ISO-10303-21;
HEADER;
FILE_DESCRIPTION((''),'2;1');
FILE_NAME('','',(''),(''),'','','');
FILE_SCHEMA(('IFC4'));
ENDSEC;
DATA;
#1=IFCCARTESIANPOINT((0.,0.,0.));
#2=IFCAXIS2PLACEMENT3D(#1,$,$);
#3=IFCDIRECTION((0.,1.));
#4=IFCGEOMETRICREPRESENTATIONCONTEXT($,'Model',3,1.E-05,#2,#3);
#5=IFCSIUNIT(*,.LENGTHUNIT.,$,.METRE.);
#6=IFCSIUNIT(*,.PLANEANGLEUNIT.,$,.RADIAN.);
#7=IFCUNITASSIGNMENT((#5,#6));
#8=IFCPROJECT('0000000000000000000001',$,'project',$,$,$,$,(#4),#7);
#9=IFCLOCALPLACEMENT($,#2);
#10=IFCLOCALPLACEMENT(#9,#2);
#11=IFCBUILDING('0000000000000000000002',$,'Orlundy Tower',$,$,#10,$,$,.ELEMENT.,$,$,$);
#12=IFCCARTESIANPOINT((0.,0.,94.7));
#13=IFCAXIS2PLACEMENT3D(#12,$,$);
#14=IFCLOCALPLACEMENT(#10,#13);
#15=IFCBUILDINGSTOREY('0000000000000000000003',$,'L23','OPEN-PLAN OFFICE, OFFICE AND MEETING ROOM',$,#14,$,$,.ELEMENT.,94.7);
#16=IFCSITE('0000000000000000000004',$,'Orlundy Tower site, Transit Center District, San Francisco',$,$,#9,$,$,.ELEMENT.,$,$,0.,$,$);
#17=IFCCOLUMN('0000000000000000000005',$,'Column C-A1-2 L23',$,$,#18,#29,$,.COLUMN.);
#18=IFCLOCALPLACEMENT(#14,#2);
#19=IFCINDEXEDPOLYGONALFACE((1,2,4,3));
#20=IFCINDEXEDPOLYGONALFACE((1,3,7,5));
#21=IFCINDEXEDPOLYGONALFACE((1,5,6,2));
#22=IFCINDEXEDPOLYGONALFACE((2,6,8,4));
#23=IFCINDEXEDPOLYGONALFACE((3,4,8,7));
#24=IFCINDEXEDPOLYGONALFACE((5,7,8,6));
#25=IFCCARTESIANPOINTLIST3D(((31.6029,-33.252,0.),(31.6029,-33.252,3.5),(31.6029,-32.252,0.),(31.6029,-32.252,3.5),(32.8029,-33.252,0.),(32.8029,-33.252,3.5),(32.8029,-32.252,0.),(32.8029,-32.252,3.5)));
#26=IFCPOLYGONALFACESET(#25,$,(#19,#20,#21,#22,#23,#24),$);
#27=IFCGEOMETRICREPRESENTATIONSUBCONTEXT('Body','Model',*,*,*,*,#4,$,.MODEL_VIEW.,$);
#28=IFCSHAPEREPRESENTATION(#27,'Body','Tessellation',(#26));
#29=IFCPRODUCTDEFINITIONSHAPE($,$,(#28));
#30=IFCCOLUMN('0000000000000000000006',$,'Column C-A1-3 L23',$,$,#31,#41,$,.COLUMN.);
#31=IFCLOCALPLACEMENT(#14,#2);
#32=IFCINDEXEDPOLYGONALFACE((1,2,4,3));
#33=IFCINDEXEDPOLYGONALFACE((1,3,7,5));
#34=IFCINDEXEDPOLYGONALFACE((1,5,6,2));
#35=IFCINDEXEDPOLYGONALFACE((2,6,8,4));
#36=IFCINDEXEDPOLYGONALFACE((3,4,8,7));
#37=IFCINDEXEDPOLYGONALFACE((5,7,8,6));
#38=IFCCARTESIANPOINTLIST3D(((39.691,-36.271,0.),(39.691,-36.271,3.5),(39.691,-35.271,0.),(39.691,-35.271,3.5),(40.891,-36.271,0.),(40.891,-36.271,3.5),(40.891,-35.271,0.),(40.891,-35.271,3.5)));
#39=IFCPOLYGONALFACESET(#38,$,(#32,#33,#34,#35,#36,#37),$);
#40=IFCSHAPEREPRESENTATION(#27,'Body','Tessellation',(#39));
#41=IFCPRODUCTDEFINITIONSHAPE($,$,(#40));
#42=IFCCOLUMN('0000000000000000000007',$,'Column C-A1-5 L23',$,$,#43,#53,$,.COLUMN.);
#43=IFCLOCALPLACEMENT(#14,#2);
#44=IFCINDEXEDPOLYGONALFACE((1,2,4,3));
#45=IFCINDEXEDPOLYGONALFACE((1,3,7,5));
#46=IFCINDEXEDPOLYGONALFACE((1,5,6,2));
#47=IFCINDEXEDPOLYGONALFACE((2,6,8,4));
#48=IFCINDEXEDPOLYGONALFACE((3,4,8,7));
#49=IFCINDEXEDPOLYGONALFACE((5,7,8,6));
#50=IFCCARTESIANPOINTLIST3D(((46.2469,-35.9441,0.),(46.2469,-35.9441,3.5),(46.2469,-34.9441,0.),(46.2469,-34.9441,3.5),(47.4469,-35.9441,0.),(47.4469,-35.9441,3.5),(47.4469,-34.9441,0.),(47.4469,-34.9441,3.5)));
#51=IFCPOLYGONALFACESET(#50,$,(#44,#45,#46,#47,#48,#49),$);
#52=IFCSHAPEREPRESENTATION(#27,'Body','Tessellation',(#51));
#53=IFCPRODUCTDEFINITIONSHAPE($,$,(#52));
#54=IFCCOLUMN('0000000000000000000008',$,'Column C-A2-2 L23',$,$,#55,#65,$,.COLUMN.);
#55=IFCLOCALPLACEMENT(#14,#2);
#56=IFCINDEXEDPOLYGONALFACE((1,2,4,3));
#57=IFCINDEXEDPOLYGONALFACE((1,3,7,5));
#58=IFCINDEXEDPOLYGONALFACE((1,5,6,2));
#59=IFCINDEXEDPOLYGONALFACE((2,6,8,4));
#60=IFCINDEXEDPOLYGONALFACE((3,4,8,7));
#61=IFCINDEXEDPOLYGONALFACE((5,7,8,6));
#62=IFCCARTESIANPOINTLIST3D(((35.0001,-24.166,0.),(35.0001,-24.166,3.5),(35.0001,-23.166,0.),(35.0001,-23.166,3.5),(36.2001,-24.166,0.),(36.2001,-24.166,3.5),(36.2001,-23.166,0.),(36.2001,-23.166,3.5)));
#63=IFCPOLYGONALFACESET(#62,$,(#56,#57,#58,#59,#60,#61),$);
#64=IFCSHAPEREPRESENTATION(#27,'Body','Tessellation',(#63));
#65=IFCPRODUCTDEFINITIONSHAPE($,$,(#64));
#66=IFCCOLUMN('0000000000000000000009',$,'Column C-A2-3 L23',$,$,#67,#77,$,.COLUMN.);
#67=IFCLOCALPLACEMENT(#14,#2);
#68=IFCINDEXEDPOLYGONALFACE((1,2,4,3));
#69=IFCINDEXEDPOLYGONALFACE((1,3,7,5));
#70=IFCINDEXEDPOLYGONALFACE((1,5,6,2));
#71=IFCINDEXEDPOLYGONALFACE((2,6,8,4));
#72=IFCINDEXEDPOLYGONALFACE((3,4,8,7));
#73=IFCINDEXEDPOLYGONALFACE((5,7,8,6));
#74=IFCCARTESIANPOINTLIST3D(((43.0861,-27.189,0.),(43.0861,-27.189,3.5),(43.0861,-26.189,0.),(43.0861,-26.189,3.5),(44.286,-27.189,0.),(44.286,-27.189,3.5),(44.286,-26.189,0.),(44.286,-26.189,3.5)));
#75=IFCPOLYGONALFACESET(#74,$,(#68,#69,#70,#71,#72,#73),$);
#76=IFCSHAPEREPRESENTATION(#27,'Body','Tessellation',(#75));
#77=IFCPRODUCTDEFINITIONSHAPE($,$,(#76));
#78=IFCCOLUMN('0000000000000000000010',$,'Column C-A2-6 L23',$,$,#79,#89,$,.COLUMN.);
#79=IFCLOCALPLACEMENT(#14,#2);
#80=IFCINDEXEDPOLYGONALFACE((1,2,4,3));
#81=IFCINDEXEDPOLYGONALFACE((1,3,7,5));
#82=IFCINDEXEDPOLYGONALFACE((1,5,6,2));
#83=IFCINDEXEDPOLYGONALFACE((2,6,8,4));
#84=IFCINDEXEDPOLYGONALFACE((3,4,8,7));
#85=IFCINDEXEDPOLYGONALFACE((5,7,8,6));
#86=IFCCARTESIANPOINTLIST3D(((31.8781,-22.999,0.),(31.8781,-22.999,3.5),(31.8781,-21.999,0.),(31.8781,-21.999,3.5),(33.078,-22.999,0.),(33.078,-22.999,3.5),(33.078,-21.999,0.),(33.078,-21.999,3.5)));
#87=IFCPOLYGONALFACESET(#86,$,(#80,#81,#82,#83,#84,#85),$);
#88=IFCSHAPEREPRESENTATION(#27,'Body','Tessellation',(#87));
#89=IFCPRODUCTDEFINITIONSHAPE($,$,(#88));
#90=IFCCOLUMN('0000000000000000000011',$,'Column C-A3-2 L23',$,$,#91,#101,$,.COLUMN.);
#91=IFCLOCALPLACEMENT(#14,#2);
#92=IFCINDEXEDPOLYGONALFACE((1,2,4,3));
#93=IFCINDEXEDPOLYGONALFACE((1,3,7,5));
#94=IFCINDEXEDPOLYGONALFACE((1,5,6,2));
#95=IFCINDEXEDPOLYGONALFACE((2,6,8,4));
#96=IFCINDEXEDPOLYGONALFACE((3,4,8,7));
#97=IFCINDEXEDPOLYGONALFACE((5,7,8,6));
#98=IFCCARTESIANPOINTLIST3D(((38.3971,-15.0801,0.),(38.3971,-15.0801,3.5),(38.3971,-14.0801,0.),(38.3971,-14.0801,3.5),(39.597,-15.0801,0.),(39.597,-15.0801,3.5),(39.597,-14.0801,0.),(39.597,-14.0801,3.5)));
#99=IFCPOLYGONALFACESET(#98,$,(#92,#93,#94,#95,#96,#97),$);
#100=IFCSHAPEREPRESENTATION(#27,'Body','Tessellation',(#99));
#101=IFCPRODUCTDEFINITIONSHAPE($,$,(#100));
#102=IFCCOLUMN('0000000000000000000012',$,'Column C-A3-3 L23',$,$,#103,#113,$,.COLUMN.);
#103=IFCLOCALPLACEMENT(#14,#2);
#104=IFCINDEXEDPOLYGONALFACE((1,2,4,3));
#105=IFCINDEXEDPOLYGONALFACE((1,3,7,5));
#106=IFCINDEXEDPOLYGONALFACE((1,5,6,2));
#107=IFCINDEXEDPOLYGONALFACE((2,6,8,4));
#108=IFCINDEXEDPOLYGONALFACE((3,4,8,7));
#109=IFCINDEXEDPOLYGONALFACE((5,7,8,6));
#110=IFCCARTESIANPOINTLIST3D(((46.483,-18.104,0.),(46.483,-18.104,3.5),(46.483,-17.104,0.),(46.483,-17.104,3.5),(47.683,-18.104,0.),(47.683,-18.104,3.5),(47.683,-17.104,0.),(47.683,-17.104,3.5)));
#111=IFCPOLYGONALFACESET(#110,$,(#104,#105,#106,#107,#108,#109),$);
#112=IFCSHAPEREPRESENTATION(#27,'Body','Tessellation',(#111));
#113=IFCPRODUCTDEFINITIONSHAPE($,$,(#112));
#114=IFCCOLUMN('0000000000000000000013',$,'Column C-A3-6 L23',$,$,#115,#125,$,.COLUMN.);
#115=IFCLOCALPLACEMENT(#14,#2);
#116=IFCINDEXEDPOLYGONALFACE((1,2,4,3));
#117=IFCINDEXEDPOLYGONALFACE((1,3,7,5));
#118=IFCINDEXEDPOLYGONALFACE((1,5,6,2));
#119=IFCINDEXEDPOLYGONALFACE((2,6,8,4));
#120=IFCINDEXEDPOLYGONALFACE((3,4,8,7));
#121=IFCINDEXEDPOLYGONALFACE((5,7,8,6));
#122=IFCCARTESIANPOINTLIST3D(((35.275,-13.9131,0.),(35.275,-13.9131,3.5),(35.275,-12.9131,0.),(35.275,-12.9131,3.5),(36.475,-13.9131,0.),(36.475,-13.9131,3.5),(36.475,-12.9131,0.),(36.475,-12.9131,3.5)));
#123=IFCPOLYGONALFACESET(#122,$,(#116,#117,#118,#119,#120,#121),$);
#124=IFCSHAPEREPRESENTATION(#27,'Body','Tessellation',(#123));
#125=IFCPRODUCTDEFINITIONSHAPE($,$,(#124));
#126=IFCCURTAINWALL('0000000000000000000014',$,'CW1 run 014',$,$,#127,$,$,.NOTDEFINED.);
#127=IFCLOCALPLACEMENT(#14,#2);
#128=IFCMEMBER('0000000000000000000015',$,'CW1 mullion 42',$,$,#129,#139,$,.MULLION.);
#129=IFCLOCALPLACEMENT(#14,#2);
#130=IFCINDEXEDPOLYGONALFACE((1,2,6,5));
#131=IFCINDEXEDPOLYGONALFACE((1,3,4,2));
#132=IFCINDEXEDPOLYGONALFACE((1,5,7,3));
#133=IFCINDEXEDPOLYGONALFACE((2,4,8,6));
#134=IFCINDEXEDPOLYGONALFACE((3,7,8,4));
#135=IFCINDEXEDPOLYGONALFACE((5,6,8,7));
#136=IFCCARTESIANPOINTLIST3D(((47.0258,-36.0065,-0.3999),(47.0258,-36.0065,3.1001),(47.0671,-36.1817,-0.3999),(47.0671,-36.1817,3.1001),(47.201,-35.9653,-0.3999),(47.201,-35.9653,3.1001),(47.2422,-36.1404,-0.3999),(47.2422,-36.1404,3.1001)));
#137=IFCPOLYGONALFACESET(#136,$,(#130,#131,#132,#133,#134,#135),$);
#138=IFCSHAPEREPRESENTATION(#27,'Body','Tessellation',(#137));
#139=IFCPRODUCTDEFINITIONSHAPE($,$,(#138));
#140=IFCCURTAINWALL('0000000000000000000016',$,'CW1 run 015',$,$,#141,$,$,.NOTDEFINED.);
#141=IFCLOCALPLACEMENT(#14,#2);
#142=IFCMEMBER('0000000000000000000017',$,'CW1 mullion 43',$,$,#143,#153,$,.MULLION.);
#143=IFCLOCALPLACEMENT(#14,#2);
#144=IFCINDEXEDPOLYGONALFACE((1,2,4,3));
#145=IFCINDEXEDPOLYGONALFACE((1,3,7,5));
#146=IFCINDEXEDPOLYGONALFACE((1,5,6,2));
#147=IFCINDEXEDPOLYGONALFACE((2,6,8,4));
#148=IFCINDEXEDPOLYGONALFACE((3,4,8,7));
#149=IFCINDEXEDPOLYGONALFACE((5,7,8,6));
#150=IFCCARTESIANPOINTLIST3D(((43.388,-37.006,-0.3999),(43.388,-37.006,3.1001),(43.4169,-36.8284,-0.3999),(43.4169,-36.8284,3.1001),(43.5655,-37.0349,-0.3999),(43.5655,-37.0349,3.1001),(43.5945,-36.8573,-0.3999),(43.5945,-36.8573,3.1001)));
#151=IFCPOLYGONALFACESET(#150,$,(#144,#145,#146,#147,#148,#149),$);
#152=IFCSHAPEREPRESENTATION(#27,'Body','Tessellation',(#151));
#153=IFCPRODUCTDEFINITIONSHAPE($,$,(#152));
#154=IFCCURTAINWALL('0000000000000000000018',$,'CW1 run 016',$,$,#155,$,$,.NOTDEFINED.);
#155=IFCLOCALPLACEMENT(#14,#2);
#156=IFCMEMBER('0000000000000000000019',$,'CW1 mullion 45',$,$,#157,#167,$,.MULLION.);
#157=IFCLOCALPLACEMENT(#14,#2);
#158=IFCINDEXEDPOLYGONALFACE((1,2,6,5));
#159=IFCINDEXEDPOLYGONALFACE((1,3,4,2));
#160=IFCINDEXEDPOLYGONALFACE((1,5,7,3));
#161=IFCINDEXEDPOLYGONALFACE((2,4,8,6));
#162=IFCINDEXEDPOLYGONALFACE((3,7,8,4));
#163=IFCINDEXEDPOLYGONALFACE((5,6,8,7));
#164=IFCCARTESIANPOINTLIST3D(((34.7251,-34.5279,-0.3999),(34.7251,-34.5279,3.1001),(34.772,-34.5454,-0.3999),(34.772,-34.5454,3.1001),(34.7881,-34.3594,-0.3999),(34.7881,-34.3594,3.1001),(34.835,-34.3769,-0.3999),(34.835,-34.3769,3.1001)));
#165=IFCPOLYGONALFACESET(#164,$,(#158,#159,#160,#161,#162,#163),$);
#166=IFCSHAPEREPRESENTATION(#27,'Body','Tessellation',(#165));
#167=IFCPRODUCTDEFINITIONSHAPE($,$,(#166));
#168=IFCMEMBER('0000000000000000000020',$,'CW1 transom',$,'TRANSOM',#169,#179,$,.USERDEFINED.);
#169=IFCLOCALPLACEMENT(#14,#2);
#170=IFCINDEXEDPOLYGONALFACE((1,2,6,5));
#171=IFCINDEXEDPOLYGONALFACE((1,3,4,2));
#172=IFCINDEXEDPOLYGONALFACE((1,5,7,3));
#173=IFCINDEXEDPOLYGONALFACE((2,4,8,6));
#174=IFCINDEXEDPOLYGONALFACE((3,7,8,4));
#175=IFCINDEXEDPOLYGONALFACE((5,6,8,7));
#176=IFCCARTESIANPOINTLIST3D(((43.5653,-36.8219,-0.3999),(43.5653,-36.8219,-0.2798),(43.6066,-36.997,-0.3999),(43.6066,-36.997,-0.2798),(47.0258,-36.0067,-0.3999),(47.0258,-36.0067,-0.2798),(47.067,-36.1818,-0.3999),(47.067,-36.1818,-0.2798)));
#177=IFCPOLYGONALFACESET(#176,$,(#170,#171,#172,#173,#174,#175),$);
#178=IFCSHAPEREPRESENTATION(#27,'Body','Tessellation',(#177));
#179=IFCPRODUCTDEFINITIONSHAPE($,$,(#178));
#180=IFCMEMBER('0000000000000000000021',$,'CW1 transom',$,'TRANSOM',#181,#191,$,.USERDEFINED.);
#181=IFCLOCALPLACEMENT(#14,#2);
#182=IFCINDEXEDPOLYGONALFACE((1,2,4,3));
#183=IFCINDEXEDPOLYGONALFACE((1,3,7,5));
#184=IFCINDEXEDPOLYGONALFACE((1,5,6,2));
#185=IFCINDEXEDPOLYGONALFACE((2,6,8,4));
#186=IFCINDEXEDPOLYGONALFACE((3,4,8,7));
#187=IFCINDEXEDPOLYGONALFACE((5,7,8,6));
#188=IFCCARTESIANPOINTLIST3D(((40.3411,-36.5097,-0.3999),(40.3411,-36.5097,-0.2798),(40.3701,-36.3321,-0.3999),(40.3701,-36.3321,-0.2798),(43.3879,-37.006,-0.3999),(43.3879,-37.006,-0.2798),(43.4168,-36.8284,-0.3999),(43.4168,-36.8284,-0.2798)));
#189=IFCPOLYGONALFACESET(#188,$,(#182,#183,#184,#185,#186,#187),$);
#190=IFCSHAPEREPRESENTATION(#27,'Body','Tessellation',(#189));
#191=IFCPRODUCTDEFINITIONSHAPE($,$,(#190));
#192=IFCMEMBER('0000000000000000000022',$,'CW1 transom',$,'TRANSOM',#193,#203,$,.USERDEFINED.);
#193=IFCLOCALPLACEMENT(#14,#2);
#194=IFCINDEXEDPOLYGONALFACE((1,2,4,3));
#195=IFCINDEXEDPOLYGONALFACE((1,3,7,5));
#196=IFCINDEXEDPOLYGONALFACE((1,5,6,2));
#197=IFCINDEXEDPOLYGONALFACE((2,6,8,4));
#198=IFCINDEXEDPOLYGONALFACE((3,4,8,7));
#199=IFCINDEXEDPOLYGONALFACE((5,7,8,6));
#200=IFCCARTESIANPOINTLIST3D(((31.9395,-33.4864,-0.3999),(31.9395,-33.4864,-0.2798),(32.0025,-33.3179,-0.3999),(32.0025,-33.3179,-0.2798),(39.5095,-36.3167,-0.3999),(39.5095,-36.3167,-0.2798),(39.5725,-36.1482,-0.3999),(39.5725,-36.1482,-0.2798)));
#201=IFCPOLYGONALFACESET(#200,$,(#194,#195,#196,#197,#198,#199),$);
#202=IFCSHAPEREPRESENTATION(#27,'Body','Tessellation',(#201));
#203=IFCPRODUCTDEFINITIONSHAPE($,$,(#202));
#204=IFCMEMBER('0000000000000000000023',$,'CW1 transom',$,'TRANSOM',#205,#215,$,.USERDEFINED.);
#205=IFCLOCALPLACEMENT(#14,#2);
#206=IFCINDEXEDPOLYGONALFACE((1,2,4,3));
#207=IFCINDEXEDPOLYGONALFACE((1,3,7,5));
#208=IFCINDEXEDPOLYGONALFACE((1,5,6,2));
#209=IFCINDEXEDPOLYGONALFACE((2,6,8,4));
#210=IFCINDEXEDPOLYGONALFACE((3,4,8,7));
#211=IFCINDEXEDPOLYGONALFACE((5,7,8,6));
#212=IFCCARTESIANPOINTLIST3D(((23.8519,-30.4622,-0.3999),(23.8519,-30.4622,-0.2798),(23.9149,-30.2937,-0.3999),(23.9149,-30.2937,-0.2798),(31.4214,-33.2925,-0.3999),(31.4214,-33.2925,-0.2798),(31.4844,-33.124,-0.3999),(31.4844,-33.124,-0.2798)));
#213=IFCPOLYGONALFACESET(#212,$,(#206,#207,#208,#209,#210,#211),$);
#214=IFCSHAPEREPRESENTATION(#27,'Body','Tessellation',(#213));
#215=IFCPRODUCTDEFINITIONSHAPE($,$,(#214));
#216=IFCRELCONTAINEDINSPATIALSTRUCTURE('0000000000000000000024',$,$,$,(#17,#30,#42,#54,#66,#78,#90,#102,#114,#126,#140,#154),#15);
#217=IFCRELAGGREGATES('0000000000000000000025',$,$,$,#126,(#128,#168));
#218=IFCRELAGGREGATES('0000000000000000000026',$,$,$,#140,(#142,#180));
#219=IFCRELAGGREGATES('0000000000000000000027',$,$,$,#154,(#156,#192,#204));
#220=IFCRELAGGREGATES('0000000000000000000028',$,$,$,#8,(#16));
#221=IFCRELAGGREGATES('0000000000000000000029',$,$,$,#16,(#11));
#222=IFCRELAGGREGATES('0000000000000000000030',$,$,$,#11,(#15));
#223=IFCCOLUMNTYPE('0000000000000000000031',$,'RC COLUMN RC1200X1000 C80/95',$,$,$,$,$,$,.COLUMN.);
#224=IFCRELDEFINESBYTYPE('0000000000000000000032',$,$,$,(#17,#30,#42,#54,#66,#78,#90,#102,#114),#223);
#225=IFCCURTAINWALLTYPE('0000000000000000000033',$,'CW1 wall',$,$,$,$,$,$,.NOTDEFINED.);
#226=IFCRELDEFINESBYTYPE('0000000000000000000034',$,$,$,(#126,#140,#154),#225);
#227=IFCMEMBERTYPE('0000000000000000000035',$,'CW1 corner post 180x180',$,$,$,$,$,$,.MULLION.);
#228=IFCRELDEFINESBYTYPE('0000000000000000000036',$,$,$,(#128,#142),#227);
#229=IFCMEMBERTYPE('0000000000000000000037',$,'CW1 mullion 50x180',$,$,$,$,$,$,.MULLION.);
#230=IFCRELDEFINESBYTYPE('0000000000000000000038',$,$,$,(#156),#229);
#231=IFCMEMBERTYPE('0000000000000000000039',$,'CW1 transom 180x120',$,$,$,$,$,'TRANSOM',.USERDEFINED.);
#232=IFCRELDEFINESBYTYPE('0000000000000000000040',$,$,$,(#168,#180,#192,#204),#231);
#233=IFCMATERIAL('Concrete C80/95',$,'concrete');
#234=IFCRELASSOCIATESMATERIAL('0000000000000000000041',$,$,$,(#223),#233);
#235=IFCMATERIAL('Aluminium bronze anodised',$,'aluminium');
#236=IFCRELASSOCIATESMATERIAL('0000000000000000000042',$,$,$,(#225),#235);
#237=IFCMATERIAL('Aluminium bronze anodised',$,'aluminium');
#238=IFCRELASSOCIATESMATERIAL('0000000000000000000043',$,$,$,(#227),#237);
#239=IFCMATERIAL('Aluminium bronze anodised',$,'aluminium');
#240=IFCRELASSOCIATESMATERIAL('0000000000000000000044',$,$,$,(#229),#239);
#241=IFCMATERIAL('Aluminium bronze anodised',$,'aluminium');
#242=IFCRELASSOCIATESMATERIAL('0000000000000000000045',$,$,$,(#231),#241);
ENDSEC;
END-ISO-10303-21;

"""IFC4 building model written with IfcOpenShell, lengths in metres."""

from ifc_helpers import new_model, si_unit, direction, frame, origin, origin_2d, place, context, subcontext, project, spatial, rectangle, extrude, material, material_profile, profile_set, type_object, element, aggregate, save


model = new_model("IFC4")

# Units and contexts
model_context = context("Model", 3, precision=1e-05, world=origin(), true_north=direction((0.0, 1.0)))
body_context = subcontext(model_context, "Body", "Model", "MODEL_VIEW")
ifc_project = project(units=[si_unit("LENGTHUNIT", "METRE"), si_unit("PLANEANGLEUNIT", "RADIAN")], contexts=[model_context])

# Site, building, storey
site_placement = place(None, origin())
site = spatial("IfcSite", under=ifc_project, at=site_placement, Name="Orlundy Tower site, Transit Center District, San Francisco", CompositionType="ELEMENT", RefElevation=0.0)
building_placement = place(site_placement, origin())
building = spatial("IfcBuilding", under=site, at=building_placement, Name="Orlundy Tower", CompositionType="ELEMENT")
storey_placement = place(building_placement, frame((0.0, 0.0, 94.7)))
storey = spatial("IfcBuildingStorey", under=building, at=storey_placement, Name="L23", Description="OPEN-PLAN OFFICE, OFFICE AND MEETING ROOM", CompositionType="ELEMENT", Elevation=94.7)

# Columns
ifc_material_1 = material(Name="Concrete C80/95", Category="concrete")
ifc_material_profile_1 = material_profile(ifc_material_1, rectangle(XDim=1.2, YDim=1.0, at=origin_2d()), Name="RC1200X1000")
ifc_profile_set_1 = profile_set([ifc_material_profile_1], Name="Concrete C80/95")
column_type = type_object("IfcColumnType", Name="RC COLUMN RC1200X1000 C80/95", PredefinedType="COLUMN", material=ifc_profile_set_1)
for number, where, z_axis, x_axis, name in (
    (1, (32.2029, -32.752, 0.0), (0.0, 0.0, 1.0), (1.0, 0.0, 0.0), "Column C-A1-2 L23"),
    (2, (40.291, -35.771, 0.0), (0.0, 0.0, 1.0), (1.0, 0.0, 0.0), "Column C-A1-3 L23"),
    (3, (46.8469, -35.4441, 0.0), (0.0, 0.0, 1.0), (1.0, 0.0, 0.0), "Column C-A1-5 L23"),
    (4, (35.6001, -23.666, 0.0), (0.0, 0.0, 1.0), (1.0, 0.0, 0.0), "Column C-A2-2 L23"),
    (5, (43.686, -26.689, 0.0), (0.0, 0.0, 1.0), (1.0, 0.0, 0.0), "Column C-A2-3 L23"),
    (6, (32.478, -22.499, 0.0), (0.0, 0.0, 1.0), (1.0, 0.0, 0.0), "Column C-A2-6 L23"),
    (7, (38.9971, -14.5801, 0.0), (0.0, 0.0, 1.0), (1.0, 0.0, 0.0), "Column C-A3-2 L23"),
    (8, (47.083, -17.604, 0.0), (0.0, 0.0, 1.0), (1.0, 0.0, 0.0), "Column C-A3-3 L23"),
    (9, (35.875, -13.4131, 0.0), (0.0, 0.0, 1.0), (1.0, 0.0, 0.0), "Column C-A3-6 L23"),
):
    element("IfcColumn", number, at=place(storey_placement, frame(where, z_axis=z_axis, x_axis=x_axis)), inside=storey, type_object=column_type, Name=name, PredefinedType="COLUMN", context=body_context, shape_type="SweptSolid", body=[
        extrude(rectangle(XDim=1.2, YDim=1.0, at=origin_2d()), origin(), (0.0, 0.0, 1.0), 3.5),
    ])

# Curtain walls, members
ifc_material_2 = material(Name="Aluminium bronze anodised", Category="aluminium")
curtain_wall_type = type_object("IfcCurtainWallType", Name="CW1 wall", PredefinedType="NOTDEFINED", material=ifc_material_2)
curtain_wall_1_placement = place(storey_placement, origin())
curtain_wall_1 = element("IfcCurtainWall", 10, at=curtain_wall_1_placement, inside=storey, type_object=curtain_wall_type, Name="CW1 run 014", PredefinedType="NOTDEFINED")
ifc_material_3 = material(Name="Aluminium bronze anodised", Category="aluminium")
ifc_material_profile_2 = material_profile(ifc_material_3, rectangle(XDim=0.1799, YDim=0.1799, at=origin_2d()), Name="CW1 corner post 180x180")
ifc_profile_set_2 = profile_set([ifc_material_profile_2], Name="Aluminium bronze anodised")
member_type_1 = type_object("IfcMemberType", Name="CW1 corner post 180x180", PredefinedType="MULLION", material=ifc_profile_set_2)
member_1_placement = place(storey_placement, frame((47.134, -36.0735, -0.3999), z_axis=(0.0, 0.0, 1.0), x_axis=(0.22931, -0.973353, 0.0)))
member_1 = element("IfcMember", 11, at=member_1_placement, type_object=member_type_1, Name="CW1 mullion 42", PredefinedType="MULLION", context=body_context, shape_type="SweptSolid", body=[
    extrude(rectangle(XDim=0.1799, YDim=0.1799, at=origin_2d()), origin(), (0.0, 0.0, 1.0), 3.5),
])
curtain_wall_2_placement = place(storey_placement, origin())
curtain_wall_2 = element("IfcCurtainWall", 12, at=curtain_wall_2_placement, inside=storey, type_object=curtain_wall_type, Name="CW1 run 015", PredefinedType="NOTDEFINED")
member_2_placement = place(storey_placement, frame((43.4912, -36.9316, -0.3999), z_axis=(0.0, 0.0, 1.0), x_axis=(-0.160767, -0.986992, 0.0)))
member_2 = element("IfcMember", 13, at=member_2_placement, type_object=member_type_1, Name="CW1 mullion 43", PredefinedType="MULLION", context=body_context, shape_type="SweptSolid", body=[
    extrude(rectangle(XDim=0.1799, YDim=0.1799, at=origin_2d()), origin(), (0.0, 0.0, 1.0), 3.5),
])
curtain_wall_3_placement = place(storey_placement, origin())
curtain_wall_3 = element("IfcCurtainWall", 14, at=curtain_wall_3_placement, inside=storey, type_object=curtain_wall_type, Name="CW1 run 016", PredefinedType="NOTDEFINED")
ifc_material_4 = material(Name="Aluminium bronze anodised", Category="aluminium")
ifc_material_profile_3 = material_profile(ifc_material_4, rectangle(XDim=0.1799, YDim=0.05, at=origin_2d()), Name="CW1 mullion 50x180")
ifc_profile_set_3 = profile_set([ifc_material_profile_3], Name="Aluminium bronze anodised")
member_type_2 = type_object("IfcMemberType", Name="CW1 mullion 50x180", PredefinedType="MULLION", material=ifc_profile_set_3)
member_3_placement = place(storey_placement, frame((34.78, -34.4524, -0.3999), z_axis=(0.0, 0.0, 1.0), x_axis=(-0.350219, -0.936668, 0.0)))
member_3 = element("IfcMember", 15, at=member_3_placement, type_object=member_type_2, Name="CW1 mullion 45", PredefinedType="MULLION", context=body_context, shape_type="SweptSolid", body=[
    extrude(rectangle(XDim=0.1799, YDim=0.05, at=origin_2d()), origin(), (0.0, 0.0, 1.0), 3.5),
])

# Members
ifc_material_5 = material(Name="Aluminium bronze anodised", Category="aluminium")
ifc_material_profile_4 = material_profile(ifc_material_5, rectangle(XDim=0.1799, YDim=0.1201, at=origin_2d()), Name="CW1 transom 180x120")
ifc_profile_set_4 = profile_set([ifc_material_profile_4], Name="Aluminium bronze anodised")
member_type_3 = type_object("IfcMemberType", Name="CW1 transom 180x120", ElementType="TRANSOM", PredefinedType="USERDEFINED", material=ifc_profile_set_4)
member_4_placement = place(storey_placement, frame((47.0464, -36.0942, -0.3398), z_axis=(-0.973357, -0.229296, 0.0), x_axis=(0.229296, -0.973357, 0.0)))
member_4 = element("IfcMember", 16, at=member_4_placement, type_object=member_type_3, Name="CW1 transom", ObjectType="TRANSOM", PredefinedType="USERDEFINED", context=body_context, shape_type="SweptSolid", body=[
    extrude(rectangle(XDim=0.1799, YDim=0.1201, at=origin_2d()), origin(), (0.0, 0.0, 1.0), 3.5552),
])
member_5_placement = place(storey_placement, frame((43.4023, -36.9172, -0.3398), z_axis=(-0.986988, 0.160794, 0.0), x_axis=(-0.160794, -0.986988, 0.0)))
member_5 = element("IfcMember", 17, at=member_5_placement, type_object=member_type_3, Name="CW1 transom", ObjectType="TRANSOM", PredefinedType="USERDEFINED", context=body_context, shape_type="SweptSolid", body=[
    extrude(rectangle(XDim=0.1799, YDim=0.1201, at=origin_2d()), origin(), (0.0, 0.0, 1.0), 3.0869),
])
member_6_placement = place(storey_placement, frame((39.541, -36.2324, -0.3398), z_axis=(-0.936673, 0.350206, 0.0), x_axis=(-0.350206, -0.936673, 0.0)))
member_6 = element("IfcMember", 18, at=member_6_placement, type_object=member_type_3, Name="CW1 transom", ObjectType="TRANSOM", PredefinedType="USERDEFINED", context=body_context, shape_type="SweptSolid", body=[
    extrude(rectangle(XDim=0.1799, YDim=0.1201, at=origin_2d()), origin(), (0.0, 0.0, 1.0), 8.0818),
])
member_7_placement = place(storey_placement, frame((31.4529, -33.2083, -0.3398), z_axis=(-0.936665, 0.350226, 0.0), x_axis=(-0.350226, -0.936665, 0.0)))
member_7 = element("IfcMember", 19, at=member_7_placement, type_object=member_type_3, Name="CW1 transom", ObjectType="TRANSOM", PredefinedType="USERDEFINED", context=body_context, shape_type="SweptSolid", body=[
    extrude(rectangle(XDim=0.1799, YDim=0.1201, at=origin_2d()), origin(), (0.0, 0.0, 1.0), 8.0813),
])

aggregate(curtain_wall_1, [member_1, member_4])
aggregate(curtain_wall_2, [member_2, member_5])
aggregate(curtain_wall_3, [member_3, member_6, member_7])

save(model, "model.ifc")
